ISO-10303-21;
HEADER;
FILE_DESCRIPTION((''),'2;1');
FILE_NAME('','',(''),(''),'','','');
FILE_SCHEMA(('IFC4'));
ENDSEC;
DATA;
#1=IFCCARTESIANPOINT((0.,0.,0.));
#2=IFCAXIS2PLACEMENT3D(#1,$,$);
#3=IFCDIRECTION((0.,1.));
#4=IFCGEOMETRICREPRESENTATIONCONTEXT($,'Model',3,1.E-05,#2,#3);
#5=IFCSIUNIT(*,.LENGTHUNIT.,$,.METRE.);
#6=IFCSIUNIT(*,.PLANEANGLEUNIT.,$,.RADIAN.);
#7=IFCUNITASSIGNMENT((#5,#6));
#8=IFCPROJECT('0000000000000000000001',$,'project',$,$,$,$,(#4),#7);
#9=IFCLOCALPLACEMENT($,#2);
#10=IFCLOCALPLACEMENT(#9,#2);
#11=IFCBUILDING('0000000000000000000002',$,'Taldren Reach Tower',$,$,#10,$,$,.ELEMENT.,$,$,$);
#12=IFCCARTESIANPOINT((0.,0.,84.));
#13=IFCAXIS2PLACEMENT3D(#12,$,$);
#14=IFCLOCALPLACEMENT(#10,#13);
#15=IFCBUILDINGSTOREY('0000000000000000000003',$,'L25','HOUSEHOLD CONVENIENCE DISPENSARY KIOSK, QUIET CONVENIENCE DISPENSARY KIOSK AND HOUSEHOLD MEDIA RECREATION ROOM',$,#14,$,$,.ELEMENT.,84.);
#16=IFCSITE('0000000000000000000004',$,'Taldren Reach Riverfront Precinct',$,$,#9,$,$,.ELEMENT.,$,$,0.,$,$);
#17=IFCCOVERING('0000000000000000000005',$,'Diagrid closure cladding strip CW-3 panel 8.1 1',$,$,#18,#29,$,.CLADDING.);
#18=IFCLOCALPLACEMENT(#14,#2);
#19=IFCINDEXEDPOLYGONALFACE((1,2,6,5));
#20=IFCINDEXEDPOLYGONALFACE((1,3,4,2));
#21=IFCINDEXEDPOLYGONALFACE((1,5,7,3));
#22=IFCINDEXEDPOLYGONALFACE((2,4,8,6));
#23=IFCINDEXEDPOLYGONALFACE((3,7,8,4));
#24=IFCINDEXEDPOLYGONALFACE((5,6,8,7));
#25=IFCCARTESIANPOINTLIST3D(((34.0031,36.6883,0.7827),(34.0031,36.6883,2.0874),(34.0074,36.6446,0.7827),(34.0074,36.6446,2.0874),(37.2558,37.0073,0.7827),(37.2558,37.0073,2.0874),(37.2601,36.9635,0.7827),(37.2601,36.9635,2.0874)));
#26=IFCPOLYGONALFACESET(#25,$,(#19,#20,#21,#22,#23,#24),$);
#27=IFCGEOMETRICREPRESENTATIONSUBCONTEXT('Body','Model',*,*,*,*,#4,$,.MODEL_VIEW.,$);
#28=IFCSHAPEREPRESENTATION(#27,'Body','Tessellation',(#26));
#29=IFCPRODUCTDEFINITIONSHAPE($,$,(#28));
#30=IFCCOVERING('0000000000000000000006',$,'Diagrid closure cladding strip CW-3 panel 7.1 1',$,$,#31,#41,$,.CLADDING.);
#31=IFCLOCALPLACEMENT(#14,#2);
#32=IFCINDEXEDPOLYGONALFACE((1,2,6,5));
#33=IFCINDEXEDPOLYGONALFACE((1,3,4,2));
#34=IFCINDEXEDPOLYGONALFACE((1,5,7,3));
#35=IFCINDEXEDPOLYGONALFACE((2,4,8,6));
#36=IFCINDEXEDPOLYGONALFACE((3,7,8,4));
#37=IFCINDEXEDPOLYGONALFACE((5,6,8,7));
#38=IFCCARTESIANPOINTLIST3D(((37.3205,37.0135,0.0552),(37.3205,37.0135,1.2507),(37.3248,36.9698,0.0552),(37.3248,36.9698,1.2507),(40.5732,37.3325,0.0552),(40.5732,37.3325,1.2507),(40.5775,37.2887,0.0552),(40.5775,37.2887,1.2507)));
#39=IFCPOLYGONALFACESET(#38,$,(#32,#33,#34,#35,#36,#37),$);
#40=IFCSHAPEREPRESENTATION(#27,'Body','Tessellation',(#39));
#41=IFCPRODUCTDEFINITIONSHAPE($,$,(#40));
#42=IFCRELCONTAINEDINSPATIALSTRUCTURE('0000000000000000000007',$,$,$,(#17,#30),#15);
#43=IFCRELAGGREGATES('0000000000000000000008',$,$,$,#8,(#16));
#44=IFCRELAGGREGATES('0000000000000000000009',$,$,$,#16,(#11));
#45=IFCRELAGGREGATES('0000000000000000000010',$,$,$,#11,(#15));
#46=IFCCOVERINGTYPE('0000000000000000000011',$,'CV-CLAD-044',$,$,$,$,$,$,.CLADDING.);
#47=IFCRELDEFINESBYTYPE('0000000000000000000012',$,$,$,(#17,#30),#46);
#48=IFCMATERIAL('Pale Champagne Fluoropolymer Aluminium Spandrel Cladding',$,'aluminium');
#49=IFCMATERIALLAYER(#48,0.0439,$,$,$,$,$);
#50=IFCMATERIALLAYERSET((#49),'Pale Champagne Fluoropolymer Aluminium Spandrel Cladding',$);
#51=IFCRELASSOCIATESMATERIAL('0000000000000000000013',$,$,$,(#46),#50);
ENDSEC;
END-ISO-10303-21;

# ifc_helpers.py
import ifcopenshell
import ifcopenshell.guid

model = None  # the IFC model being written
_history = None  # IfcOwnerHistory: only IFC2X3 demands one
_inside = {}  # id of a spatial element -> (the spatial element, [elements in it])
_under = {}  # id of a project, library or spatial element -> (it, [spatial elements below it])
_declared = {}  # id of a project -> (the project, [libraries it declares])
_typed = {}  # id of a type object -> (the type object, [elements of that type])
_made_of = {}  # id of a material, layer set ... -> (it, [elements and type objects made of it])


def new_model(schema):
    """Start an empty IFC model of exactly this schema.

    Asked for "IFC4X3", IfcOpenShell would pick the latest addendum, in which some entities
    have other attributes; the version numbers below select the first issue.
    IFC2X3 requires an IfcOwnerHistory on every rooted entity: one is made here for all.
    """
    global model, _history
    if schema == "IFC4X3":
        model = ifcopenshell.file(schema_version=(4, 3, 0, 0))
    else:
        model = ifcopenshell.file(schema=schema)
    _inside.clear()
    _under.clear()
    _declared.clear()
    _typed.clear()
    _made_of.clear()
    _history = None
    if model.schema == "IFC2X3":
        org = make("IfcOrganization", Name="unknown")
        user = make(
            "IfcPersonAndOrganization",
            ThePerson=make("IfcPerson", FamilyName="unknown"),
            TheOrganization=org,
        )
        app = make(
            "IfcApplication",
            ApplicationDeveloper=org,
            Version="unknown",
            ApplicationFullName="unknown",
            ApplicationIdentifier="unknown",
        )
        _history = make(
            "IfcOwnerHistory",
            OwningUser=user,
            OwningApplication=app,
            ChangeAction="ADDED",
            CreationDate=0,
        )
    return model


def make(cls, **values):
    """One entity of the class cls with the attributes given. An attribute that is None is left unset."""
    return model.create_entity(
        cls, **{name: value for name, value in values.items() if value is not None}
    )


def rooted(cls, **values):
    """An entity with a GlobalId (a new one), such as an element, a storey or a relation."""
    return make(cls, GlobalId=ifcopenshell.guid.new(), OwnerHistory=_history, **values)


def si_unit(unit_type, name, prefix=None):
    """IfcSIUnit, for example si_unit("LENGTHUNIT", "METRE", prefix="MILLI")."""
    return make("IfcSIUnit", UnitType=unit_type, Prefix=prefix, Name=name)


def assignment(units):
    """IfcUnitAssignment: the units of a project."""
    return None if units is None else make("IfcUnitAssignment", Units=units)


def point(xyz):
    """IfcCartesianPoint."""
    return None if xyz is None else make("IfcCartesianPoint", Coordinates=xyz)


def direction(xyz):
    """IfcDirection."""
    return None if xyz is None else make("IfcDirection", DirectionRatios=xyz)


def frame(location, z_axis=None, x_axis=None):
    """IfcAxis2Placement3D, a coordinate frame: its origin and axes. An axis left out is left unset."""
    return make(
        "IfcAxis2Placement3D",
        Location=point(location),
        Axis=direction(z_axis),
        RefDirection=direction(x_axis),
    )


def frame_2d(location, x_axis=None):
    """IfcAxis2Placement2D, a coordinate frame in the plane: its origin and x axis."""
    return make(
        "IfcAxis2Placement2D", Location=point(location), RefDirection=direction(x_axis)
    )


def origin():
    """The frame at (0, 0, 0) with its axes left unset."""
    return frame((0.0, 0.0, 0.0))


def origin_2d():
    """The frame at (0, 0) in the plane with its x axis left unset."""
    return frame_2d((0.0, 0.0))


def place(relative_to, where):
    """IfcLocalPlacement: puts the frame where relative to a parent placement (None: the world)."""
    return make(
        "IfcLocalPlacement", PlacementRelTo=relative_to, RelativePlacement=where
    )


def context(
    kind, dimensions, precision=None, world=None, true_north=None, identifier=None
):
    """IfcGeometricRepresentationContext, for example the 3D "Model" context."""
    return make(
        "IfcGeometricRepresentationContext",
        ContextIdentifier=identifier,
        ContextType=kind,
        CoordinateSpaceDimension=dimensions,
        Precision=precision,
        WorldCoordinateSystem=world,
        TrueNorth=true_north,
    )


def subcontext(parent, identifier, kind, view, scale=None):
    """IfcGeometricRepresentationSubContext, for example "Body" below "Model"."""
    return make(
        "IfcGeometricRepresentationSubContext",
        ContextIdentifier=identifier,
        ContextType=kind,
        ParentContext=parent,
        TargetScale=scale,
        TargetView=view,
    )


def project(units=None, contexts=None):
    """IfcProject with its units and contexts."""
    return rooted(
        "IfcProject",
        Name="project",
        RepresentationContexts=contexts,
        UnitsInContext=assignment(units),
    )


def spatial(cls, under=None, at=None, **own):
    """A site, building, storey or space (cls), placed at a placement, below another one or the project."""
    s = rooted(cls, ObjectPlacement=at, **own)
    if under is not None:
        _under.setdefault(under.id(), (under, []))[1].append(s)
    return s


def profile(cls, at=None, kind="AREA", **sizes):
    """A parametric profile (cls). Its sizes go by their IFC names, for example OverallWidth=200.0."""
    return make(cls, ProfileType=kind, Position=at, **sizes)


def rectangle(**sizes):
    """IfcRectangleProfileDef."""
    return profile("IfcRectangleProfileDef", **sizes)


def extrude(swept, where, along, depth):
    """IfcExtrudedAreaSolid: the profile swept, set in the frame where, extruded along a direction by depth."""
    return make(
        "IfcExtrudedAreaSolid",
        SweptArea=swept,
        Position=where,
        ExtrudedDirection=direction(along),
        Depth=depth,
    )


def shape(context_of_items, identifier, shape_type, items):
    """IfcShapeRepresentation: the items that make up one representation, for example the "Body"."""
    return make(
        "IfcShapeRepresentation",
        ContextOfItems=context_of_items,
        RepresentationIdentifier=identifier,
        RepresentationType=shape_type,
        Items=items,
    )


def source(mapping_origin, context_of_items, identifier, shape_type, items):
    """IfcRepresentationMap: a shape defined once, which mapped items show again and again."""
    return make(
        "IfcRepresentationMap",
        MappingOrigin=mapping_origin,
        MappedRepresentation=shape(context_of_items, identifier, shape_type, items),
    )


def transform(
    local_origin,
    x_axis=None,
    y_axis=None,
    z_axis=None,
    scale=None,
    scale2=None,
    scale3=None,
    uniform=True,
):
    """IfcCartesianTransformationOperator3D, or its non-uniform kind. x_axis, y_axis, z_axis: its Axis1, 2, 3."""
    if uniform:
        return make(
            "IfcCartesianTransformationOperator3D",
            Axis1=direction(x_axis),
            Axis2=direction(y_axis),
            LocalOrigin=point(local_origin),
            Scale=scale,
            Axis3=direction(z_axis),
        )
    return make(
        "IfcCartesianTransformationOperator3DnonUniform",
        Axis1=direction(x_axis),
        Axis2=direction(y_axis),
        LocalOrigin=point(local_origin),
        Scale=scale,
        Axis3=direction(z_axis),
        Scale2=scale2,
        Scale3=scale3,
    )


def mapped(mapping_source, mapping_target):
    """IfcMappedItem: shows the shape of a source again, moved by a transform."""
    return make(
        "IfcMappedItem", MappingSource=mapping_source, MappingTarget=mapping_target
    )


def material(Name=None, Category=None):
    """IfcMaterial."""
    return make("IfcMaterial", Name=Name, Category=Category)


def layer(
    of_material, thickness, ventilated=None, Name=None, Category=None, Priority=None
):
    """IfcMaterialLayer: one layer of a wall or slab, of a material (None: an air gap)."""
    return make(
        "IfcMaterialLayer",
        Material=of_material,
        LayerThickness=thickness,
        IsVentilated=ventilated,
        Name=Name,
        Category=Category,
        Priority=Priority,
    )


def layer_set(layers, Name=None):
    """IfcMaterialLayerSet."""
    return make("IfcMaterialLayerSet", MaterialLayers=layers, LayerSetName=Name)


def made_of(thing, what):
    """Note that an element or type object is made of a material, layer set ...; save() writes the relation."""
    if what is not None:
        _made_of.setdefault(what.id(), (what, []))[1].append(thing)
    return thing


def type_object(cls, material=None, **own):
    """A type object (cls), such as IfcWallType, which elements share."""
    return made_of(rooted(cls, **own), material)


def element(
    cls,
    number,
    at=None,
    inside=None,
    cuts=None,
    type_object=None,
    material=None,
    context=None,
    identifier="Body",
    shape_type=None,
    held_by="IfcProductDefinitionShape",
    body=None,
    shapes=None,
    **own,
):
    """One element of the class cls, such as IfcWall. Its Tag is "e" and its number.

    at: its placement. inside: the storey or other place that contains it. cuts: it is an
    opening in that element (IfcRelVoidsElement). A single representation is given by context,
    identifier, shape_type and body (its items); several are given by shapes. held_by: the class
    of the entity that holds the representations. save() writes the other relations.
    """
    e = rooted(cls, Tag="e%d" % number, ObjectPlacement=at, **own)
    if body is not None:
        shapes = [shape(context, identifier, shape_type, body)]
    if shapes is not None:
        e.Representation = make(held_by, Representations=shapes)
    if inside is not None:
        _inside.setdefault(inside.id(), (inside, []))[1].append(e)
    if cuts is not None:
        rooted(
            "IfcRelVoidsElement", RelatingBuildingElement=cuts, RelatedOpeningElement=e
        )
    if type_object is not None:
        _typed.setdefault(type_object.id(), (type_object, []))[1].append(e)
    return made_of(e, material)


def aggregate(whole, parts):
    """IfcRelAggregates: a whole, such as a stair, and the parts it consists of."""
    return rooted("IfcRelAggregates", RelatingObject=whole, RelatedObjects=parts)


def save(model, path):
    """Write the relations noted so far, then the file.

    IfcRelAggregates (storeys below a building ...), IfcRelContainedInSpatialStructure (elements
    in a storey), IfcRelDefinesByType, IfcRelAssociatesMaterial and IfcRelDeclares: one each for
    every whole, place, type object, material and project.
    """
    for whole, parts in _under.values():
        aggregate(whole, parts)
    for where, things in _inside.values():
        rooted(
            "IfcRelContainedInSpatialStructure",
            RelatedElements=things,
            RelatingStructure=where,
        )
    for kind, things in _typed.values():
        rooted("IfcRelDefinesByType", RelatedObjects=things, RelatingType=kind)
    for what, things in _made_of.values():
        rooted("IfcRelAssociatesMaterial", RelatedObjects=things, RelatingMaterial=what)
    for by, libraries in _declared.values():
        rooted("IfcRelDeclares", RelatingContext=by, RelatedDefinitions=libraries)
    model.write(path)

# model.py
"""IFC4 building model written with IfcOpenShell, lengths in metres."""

from ifc_helpers import new_model, si_unit, direction, frame, origin, origin_2d, place, context, subcontext, project, spatial, rectangle, extrude, source, transform, mapped, material, layer, layer_set, type_object, element, save


model = new_model("IFC4")

# Units and contexts
model_context = context("Model", 3, precision=1e-05, world=origin(), true_north=direction((0.0, 1.0)))
body_context = subcontext(model_context, "Body", "Model", "MODEL_VIEW")
ifc_project = project(units=[si_unit("LENGTHUNIT", "METRE"), si_unit("PLANEANGLEUNIT", "RADIAN")], contexts=[model_context])

# Site, building, storey
site_placement = place(None, origin())
site = spatial("IfcSite", under=ifc_project, at=site_placement, Name="Taldren Reach Riverfront Precinct", CompositionType="ELEMENT", RefElevation=0.0)
building_placement = place(site_placement, origin())
building = spatial("IfcBuilding", under=site, at=building_placement, Name="Taldren Reach Tower", CompositionType="ELEMENT")
storey_placement = place(building_placement, frame((0.0, 0.0, 84.0)))
storey = spatial("IfcBuildingStorey", under=building, at=storey_placement, Name="L25", Description="HOUSEHOLD CONVENIENCE DISPENSARY KIOSK, QUIET CONVENIENCE DISPENSARY KIOSK AND HOUSEHOLD MEDIA RECREATION ROOM", CompositionType="ELEMENT", Elevation=84.0)

# Coverings
ifc_material_1 = material(Name="Pale Champagne Fluoropolymer Aluminium Spandrel Cladding", Category="aluminium")
ifc_layer_1 = layer(ifc_material_1, 0.0439)
ifc_layer_set_1 = layer_set([ifc_layer_1], Name="Pale Champagne Fluoropolymer Aluminium Spandrel Cladding")
covering_type = type_object("IfcCoveringType", Name="CV-CLAD-044", PredefinedType="CLADDING", material=ifc_layer_set_1)
shared_shape_1 = source(origin(), body_context, "Body", "SweptSolid", [
    extrude(rectangle(XDim=3.2683, YDim=0.0439, at=origin_2d()), origin(), (0.0, 0.0, 1.0), 1.3047),
])
covering_1_placement = place(storey_placement, frame((35.6316, 36.8259, 0.7827), z_axis=(0.0, 0.0, 1.0), x_axis=(-0.995227, -0.097583, 0.0)))
element("IfcCovering", 1, at=covering_1_placement, inside=storey, type_object=covering_type, Name="Diagrid closure cladding strip CW-3 panel 8.1 1", PredefinedType="CLADDING", context=body_context, shape_type="MappedRepresentation", body=[
    mapped(shared_shape_1, transform((0.0, 0.0, 0.0), scale=1.0)),
])
shared_shape_2 = source(origin(), body_context, "Body", "SweptSolid", [
    extrude(rectangle(XDim=3.2683, YDim=0.0439, at=origin_2d()), origin(), (0.0, 0.0, 1.0), 1.1956),
])
covering_2_placement = place(storey_placement, frame((38.949, 37.1511, 0.0552), z_axis=(0.0, 0.0, 1.0), x_axis=(-0.995227, -0.097583, 0.0)))
element("IfcCovering", 2, at=covering_2_placement, inside=storey, type_object=covering_type, Name="Diagrid closure cladding strip CW-3 panel 7.1 1", PredefinedType="CLADDING", context=body_context, shape_type="MappedRepresentation", body=[
    mapped(shared_shape_2, transform((0.0, 0.0, 0.0), scale=1.0)),
])

save(model, "model.ifc")
